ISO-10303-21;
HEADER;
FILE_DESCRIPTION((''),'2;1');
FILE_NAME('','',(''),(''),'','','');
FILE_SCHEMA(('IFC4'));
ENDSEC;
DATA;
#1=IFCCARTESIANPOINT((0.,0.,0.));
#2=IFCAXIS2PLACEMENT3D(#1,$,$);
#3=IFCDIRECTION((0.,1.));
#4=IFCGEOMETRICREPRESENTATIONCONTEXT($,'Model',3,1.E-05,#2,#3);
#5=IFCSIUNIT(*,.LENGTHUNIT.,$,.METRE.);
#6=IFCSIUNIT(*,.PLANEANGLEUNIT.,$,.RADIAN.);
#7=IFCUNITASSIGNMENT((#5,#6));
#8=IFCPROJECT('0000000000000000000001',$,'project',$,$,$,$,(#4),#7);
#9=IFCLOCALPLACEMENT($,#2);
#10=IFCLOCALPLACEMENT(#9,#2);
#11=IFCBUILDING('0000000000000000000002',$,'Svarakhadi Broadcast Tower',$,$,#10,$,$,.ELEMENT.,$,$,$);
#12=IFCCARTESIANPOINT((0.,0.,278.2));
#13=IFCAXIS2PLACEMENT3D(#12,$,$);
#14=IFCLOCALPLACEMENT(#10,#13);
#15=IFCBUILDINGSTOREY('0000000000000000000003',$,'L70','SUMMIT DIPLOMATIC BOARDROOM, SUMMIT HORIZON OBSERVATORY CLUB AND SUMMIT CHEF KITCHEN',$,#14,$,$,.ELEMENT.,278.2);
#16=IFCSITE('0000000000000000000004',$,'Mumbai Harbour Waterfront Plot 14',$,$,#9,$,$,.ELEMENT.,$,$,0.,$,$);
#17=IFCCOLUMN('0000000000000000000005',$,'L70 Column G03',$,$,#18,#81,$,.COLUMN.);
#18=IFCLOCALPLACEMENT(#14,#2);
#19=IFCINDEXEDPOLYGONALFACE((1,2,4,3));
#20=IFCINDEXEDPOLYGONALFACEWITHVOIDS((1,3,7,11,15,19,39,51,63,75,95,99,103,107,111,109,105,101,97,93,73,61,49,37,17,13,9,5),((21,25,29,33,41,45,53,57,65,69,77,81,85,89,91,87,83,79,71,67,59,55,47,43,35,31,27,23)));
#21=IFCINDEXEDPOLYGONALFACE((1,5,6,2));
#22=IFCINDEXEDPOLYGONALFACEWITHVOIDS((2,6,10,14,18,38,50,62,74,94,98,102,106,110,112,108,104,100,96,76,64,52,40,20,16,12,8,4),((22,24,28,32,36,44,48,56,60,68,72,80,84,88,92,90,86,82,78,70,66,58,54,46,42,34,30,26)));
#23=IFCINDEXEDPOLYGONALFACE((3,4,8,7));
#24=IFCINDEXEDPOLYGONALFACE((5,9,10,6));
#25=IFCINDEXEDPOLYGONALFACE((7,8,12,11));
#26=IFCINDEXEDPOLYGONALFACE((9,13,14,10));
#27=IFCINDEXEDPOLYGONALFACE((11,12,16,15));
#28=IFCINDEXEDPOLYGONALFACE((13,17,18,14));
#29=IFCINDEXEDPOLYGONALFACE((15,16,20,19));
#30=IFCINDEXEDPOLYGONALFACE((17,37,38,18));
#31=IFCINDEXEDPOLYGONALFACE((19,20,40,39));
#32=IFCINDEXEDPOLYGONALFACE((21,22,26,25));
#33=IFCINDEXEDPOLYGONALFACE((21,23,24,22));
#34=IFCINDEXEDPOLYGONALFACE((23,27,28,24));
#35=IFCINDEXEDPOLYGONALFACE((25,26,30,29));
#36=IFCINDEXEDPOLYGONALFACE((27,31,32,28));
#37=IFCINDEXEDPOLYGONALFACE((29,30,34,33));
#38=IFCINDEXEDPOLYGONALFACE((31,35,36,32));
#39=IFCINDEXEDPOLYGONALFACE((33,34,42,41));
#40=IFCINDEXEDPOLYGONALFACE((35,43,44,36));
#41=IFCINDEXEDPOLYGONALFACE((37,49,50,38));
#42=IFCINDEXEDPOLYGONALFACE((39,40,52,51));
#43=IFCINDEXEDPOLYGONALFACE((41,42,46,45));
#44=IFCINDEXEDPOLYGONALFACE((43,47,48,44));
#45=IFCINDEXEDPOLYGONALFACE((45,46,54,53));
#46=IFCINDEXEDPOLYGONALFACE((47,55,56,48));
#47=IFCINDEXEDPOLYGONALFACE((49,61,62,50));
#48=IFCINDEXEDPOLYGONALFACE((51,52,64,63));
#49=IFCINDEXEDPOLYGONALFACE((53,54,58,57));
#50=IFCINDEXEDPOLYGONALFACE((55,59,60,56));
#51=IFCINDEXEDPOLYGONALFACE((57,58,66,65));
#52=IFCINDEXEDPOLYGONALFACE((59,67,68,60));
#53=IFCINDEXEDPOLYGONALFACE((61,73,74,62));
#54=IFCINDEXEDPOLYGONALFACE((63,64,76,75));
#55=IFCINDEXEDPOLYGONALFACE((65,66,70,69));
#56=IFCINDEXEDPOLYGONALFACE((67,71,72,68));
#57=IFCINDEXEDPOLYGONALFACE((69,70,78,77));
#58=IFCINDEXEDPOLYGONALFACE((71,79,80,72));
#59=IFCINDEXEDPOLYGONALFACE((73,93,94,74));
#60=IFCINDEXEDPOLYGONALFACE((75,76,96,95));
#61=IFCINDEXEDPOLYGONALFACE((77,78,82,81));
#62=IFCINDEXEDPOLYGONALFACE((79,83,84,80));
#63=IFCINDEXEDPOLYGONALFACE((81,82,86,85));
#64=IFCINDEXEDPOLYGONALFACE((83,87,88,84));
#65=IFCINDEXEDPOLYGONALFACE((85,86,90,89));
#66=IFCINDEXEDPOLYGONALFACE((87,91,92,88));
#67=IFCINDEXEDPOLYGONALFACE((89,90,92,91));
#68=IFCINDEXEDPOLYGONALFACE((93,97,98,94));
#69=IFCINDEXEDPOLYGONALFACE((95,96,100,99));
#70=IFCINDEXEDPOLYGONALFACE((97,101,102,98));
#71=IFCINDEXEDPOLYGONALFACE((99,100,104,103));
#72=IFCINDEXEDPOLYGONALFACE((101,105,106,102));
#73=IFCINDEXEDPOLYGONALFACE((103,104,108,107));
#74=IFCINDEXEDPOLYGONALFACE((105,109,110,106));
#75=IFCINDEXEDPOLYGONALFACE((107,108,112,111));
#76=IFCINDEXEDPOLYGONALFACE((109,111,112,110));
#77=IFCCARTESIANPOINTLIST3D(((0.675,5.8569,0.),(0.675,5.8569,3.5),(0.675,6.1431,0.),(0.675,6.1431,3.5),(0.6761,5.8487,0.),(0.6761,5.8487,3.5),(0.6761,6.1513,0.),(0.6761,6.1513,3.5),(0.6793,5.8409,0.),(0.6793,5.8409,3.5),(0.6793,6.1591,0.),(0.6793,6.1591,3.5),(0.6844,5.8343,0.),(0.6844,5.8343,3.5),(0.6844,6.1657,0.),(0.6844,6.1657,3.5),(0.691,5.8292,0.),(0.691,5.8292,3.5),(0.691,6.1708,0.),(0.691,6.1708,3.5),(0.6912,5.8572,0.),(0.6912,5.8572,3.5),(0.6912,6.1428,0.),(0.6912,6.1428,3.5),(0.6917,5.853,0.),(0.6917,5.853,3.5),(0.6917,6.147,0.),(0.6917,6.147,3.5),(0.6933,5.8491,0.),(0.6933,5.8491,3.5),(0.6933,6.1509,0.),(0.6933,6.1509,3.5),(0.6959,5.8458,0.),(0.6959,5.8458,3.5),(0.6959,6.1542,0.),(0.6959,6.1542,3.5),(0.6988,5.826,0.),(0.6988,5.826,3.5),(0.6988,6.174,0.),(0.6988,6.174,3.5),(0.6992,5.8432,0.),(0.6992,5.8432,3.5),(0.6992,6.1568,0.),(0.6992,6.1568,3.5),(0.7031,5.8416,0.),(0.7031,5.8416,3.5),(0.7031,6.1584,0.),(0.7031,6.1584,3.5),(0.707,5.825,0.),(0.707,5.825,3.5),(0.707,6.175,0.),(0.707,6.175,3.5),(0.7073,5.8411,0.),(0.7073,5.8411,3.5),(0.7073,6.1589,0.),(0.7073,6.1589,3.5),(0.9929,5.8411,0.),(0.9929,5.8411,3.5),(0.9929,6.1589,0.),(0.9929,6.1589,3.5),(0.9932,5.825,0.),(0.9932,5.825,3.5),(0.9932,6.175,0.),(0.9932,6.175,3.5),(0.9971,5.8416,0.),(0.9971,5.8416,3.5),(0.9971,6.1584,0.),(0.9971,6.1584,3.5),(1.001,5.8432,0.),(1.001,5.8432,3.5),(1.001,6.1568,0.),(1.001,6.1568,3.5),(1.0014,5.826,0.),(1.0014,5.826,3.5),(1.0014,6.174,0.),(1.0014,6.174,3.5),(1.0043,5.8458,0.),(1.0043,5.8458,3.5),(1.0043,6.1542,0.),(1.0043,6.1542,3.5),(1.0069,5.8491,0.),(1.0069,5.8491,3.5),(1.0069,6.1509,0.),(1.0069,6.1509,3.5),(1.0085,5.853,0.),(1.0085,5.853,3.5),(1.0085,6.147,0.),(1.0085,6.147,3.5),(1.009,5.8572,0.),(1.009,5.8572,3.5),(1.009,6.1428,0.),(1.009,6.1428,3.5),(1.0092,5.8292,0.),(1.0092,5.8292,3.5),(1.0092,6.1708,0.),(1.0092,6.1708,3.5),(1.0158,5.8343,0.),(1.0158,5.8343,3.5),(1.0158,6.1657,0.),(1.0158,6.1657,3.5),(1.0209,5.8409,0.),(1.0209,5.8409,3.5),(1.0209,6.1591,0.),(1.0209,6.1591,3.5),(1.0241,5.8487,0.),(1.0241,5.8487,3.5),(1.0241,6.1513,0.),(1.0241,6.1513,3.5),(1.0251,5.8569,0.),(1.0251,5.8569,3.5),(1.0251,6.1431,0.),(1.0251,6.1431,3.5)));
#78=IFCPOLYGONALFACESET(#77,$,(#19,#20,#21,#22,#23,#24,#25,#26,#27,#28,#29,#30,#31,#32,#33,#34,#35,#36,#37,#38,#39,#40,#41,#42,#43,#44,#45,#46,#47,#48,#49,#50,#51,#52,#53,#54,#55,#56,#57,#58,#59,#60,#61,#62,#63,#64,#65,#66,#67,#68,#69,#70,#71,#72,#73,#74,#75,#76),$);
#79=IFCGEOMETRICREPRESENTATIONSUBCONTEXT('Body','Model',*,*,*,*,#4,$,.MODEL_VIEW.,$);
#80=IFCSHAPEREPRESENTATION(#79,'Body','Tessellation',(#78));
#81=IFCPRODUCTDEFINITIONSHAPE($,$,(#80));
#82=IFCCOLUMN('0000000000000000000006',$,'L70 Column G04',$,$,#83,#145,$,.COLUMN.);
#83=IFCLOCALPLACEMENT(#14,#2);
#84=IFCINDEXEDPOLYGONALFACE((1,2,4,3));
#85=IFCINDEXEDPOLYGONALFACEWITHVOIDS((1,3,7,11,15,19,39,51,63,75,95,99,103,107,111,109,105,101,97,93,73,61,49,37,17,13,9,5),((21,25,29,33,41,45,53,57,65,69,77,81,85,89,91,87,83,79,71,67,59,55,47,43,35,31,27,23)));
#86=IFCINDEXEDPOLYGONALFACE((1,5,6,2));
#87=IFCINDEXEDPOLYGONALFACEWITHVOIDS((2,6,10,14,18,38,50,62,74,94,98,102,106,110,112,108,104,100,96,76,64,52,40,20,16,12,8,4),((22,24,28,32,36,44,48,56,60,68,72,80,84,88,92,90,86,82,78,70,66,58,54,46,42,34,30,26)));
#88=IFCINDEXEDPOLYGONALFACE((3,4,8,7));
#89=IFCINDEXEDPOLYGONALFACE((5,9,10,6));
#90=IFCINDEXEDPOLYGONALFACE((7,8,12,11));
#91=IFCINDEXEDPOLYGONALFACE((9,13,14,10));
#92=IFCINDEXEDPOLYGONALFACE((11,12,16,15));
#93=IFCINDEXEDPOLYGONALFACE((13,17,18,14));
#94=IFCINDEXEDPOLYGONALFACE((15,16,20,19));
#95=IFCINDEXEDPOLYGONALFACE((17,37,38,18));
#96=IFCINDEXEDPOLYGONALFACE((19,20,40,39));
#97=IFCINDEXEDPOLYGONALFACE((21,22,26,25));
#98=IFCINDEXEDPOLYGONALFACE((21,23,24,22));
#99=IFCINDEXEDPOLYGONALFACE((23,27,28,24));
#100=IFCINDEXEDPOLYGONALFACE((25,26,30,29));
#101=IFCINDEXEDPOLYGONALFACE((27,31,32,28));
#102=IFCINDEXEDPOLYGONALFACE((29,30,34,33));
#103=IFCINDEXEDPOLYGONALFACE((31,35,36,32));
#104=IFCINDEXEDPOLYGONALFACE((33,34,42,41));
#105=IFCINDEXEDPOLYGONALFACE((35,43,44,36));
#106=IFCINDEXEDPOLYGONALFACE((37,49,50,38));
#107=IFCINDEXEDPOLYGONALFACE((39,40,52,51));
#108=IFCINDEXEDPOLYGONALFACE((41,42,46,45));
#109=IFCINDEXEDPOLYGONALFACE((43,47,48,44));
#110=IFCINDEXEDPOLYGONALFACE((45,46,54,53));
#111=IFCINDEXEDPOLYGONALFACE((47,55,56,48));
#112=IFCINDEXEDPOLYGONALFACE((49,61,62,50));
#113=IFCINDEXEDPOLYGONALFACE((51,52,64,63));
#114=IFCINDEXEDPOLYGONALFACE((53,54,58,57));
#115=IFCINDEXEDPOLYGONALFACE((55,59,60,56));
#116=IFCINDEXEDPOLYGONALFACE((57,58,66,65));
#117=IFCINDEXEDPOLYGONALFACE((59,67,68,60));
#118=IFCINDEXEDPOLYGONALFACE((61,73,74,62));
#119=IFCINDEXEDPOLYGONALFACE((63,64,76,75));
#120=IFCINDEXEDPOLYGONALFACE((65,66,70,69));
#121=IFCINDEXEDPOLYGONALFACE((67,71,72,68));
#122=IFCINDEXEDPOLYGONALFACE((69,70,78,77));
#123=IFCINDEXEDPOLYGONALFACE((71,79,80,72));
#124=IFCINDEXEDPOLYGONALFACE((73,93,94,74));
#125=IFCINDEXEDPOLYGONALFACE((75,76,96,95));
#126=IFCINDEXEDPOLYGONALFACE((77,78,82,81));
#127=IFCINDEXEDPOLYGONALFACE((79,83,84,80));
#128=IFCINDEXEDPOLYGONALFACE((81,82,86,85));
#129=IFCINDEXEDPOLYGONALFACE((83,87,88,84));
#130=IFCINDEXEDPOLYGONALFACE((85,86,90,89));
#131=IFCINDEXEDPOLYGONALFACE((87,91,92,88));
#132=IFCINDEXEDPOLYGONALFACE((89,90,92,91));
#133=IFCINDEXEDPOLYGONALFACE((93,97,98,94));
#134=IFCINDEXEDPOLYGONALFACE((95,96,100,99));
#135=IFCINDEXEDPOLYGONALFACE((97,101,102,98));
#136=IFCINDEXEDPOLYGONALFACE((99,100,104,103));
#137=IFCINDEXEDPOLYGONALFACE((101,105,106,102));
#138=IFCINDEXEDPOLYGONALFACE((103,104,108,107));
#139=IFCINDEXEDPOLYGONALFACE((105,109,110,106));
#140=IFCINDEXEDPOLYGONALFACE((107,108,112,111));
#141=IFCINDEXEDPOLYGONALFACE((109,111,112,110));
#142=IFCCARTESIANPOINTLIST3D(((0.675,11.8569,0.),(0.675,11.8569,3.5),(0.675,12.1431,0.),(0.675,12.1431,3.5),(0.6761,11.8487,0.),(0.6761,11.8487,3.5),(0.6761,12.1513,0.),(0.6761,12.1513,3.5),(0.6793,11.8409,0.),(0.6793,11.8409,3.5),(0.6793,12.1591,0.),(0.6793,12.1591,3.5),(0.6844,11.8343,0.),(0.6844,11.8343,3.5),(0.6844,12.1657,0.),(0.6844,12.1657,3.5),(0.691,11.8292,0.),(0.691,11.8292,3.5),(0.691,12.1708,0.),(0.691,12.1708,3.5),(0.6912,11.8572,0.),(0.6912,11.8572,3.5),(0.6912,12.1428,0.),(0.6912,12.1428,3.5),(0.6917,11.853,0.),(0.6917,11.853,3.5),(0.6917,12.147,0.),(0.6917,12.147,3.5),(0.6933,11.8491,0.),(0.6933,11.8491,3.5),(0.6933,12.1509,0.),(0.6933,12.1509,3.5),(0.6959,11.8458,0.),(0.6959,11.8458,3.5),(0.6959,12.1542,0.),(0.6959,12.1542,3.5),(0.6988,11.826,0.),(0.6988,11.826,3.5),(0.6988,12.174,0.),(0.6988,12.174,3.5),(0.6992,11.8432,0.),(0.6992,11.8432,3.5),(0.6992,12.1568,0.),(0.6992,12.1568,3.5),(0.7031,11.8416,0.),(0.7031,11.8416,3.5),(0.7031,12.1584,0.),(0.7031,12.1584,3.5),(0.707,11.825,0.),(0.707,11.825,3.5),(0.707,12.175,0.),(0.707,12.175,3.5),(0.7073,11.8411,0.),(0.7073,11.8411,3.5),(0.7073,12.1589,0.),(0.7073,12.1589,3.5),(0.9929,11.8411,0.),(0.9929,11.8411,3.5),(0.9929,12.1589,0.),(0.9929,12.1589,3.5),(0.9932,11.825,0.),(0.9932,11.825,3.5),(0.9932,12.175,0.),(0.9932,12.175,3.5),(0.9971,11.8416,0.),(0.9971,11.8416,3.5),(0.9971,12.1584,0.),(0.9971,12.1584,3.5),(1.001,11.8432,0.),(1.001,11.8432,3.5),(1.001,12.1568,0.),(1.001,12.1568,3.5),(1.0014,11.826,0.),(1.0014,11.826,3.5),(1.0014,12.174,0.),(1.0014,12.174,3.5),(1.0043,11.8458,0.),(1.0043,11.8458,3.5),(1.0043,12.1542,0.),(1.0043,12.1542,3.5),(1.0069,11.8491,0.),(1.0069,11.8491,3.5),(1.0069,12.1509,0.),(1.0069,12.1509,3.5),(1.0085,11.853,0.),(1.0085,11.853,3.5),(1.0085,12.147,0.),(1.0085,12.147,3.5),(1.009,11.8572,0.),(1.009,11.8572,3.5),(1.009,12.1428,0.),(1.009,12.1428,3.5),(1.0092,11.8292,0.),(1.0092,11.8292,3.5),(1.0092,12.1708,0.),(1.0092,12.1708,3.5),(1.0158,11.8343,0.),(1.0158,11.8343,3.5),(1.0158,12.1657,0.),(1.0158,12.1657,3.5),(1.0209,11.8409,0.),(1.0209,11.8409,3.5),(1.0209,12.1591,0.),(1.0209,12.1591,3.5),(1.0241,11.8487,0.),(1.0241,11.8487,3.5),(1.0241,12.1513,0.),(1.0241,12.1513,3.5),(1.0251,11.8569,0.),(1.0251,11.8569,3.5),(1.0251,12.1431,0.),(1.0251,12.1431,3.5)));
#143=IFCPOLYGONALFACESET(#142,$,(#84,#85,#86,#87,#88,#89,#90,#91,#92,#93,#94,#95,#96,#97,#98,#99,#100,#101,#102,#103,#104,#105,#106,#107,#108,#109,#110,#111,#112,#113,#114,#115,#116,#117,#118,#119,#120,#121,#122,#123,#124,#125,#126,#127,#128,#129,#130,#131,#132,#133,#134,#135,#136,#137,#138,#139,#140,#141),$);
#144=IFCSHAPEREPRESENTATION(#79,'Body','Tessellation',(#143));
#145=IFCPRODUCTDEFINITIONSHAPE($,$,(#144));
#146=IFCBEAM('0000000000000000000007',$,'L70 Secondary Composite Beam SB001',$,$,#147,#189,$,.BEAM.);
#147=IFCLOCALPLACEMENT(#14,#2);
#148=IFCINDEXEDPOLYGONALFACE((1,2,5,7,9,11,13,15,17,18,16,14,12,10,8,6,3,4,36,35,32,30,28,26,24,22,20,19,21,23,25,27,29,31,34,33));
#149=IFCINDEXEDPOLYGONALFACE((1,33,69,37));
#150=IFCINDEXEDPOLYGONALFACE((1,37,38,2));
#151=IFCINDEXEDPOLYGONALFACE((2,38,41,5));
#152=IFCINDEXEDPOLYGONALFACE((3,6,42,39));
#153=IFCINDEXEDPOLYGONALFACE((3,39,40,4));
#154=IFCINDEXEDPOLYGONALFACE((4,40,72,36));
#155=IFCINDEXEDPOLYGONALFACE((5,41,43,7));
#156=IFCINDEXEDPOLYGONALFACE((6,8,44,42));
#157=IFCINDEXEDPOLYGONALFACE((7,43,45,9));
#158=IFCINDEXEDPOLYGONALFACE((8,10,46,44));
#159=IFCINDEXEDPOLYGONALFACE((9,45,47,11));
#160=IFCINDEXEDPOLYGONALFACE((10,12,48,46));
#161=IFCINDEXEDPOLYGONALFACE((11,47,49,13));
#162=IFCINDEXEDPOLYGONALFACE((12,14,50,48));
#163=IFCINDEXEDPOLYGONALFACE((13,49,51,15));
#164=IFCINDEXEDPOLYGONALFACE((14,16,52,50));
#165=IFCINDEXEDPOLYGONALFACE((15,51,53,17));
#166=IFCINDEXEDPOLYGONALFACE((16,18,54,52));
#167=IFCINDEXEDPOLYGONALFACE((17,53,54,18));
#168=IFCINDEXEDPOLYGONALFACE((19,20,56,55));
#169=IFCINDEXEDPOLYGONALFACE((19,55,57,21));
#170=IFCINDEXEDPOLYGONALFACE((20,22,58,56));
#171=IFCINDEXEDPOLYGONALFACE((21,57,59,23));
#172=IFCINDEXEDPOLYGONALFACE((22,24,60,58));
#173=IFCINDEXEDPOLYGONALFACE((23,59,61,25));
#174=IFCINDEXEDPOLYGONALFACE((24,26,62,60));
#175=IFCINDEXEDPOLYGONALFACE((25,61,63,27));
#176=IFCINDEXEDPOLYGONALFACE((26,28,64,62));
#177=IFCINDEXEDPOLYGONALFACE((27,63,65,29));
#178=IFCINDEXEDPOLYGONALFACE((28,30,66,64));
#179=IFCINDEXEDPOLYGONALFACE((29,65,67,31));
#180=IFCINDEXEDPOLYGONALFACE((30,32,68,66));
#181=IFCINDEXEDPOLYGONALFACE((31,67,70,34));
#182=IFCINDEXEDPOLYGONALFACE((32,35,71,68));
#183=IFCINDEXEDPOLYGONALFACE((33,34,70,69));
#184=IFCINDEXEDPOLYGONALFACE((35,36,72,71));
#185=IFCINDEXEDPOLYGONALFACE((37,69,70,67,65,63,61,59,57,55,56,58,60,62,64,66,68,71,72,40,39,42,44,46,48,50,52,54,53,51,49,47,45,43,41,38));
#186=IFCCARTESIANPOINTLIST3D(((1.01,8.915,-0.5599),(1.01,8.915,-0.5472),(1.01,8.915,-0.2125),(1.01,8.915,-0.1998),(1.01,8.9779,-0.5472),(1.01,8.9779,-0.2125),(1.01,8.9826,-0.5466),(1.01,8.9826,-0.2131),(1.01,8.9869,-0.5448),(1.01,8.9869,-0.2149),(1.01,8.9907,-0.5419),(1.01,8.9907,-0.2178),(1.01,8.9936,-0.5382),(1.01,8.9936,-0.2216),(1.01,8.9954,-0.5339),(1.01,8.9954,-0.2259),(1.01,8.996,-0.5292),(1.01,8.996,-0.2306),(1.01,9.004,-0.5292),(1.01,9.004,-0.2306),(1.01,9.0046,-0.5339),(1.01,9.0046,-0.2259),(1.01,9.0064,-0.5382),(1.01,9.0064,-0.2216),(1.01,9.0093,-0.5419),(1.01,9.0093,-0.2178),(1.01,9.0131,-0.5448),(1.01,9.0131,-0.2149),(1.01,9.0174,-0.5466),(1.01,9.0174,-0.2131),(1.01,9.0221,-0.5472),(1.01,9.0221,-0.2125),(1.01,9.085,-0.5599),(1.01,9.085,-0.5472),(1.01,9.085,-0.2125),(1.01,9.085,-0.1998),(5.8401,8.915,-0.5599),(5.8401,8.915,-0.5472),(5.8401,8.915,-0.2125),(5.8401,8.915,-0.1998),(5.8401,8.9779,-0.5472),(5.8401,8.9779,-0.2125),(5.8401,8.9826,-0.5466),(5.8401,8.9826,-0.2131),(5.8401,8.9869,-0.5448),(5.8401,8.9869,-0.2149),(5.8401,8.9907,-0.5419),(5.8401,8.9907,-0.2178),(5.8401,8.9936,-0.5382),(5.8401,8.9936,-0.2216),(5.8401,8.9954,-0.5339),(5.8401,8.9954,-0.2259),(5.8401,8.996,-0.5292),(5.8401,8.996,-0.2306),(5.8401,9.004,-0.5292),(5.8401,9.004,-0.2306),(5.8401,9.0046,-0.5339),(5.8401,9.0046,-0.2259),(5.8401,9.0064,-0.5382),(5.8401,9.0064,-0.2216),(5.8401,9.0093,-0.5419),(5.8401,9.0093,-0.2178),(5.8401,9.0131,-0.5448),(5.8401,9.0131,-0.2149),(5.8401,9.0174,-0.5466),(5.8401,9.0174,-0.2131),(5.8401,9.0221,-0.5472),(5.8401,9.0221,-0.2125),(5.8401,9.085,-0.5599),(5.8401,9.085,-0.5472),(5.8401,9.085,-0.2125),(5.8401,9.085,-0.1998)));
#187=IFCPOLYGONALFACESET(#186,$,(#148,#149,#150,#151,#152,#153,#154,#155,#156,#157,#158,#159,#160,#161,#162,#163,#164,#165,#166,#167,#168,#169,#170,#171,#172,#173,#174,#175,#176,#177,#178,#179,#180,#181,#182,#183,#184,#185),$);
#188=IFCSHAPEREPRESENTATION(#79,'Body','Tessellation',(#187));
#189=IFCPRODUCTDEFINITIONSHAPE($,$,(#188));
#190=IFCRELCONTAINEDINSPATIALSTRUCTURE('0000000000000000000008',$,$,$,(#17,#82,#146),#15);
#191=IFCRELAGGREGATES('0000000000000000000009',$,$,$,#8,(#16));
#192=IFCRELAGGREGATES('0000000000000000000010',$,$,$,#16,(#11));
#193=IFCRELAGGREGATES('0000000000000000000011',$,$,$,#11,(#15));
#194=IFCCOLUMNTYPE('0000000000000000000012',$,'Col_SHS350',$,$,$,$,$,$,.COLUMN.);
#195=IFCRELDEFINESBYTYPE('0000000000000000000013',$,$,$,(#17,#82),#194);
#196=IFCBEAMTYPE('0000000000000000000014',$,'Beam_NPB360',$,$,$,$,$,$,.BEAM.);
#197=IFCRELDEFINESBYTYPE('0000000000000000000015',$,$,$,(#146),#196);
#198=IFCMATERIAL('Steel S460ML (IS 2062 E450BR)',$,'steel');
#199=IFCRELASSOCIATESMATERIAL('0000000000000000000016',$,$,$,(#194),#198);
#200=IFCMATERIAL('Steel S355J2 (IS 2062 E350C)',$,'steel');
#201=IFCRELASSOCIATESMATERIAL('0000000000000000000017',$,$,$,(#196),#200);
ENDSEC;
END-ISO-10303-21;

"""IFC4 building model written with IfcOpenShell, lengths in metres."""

from ifc_helpers import new_model, si_unit, direction, frame, origin, origin_2d, place, context, subcontext, project, spatial, hollow_rectangle, i_section, extrude, material, material_profile, profile_set, type_object, element, save


model = new_model("IFC4")

# Units and contexts
model_context = context("Model", 3, precision=1e-05, world=origin(), true_north=direction((0.0, 1.0)))
body_context = subcontext(model_context, "Body", "Model", "MODEL_VIEW")
ifc_project = project(units=[si_unit("LENGTHUNIT", "METRE"), si_unit("PLANEANGLEUNIT", "RADIAN")], contexts=[model_context])

# Site, building, storey
site_placement = place(None, origin())
site = spatial("IfcSite", under=ifc_project, at=site_placement, Name="Mumbai Harbour Waterfront Plot 14", CompositionType="ELEMENT", RefElevation=0.0)
building_placement = place(site_placement, origin())
building = spatial("IfcBuilding", under=site, at=building_placement, Name="Svarakhadi Broadcast Tower", CompositionType="ELEMENT")
storey_placement = place(building_placement, frame((0.0, 0.0, 278.2)))
storey = spatial("IfcBuildingStorey", under=building, at=storey_placement, Name="L70", Description="SUMMIT DIPLOMATIC BOARDROOM, SUMMIT HORIZON OBSERVATORY CLUB AND SUMMIT CHEF KITCHEN", CompositionType="ELEMENT", Elevation=278.2)

# Columns
ifc_material_1 = material(Name="Steel S460ML (IS 2062 E450BR)", Category="steel")
ifc_material_profile_1 = material_profile(ifc_material_1, hollow_rectangle(XDim=0.3501, YDim=0.3501, WallThickness=0.0161, InnerFilletRadius=0.0161, OuterFilletRadius=0.032, at=origin_2d()), Name="SHS 350x350x16")
ifc_profile_set_1 = profile_set([ifc_material_profile_1], Name="Steel S460ML (IS 2062 E450BR)")
column_type = type_object("IfcColumnType", Name="Col_SHS350", PredefinedType="COLUMN", material=ifc_profile_set_1)
for number, where, z_axis, x_axis, name in (
    (1, (0.8501, 6.0, 0.0), (0.0, 0.0, 1.0), (1.0, 0.0, 0.0), "L70 Column G03"),
    (2, (0.8501, 12.0, 0.0), (0.0, 0.0, 1.0), (1.0, 0.0, 0.0), "L70 Column G04"),
):
    element("IfcColumn", number, at=place(storey_placement, frame(where, z_axis=z_axis, x_axis=x_axis)), inside=storey, type_object=column_type, Name=name, PredefinedType="COLUMN", context=body_context, shape_type="SweptSolid", body=[
        extrude(hollow_rectangle(XDim=0.3501, YDim=0.3501, WallThickness=0.0161, InnerFilletRadius=0.0161, OuterFilletRadius=0.032, at=origin_2d()), origin(), (0.0, 0.0, 1.0), 3.5),
    ])

# Beam
ifc_material_2 = material(Name="Steel S355J2 (IS 2062 E350C)", Category="steel")
ifc_material_profile_2 = material_profile(ifc_material_2, i_section(OverallWidth=0.1699, OverallDepth=0.3601, WebThickness=0.0081, FlangeThickness=0.0127, FilletRadius=0.0181, at=origin_2d()), Name="NPB 360x170x57")
ifc_profile_set_2 = profile_set([ifc_material_profile_2], Name="Steel S355J2 (IS 2062 E350C)")
beam_type_1 = type_object("IfcBeamType", Name="Beam_NPB360", PredefinedType="BEAM", material=ifc_profile_set_2)
beam_1_placement = place(storey_placement, frame((1.01, 9.0, -0.3799), z_axis=(1.0, 0.0, 0.0), x_axis=(0.0, 1.0, 0.0)))
element("IfcBeam", 3, at=beam_1_placement, inside=storey, type_object=beam_type_1, Name="L70 Secondary Composite Beam SB001", PredefinedType="BEAM", context=body_context, shape_type="SweptSolid", body=[
    extrude(i_section(OverallWidth=0.1699, OverallDepth=0.3601, WebThickness=0.0081, FlangeThickness=0.0127, FilletRadius=0.0181, at=origin_2d()), origin(), (0.0, 0.0, 1.0), 4.8301),
])

save(model, "model.ifc")
